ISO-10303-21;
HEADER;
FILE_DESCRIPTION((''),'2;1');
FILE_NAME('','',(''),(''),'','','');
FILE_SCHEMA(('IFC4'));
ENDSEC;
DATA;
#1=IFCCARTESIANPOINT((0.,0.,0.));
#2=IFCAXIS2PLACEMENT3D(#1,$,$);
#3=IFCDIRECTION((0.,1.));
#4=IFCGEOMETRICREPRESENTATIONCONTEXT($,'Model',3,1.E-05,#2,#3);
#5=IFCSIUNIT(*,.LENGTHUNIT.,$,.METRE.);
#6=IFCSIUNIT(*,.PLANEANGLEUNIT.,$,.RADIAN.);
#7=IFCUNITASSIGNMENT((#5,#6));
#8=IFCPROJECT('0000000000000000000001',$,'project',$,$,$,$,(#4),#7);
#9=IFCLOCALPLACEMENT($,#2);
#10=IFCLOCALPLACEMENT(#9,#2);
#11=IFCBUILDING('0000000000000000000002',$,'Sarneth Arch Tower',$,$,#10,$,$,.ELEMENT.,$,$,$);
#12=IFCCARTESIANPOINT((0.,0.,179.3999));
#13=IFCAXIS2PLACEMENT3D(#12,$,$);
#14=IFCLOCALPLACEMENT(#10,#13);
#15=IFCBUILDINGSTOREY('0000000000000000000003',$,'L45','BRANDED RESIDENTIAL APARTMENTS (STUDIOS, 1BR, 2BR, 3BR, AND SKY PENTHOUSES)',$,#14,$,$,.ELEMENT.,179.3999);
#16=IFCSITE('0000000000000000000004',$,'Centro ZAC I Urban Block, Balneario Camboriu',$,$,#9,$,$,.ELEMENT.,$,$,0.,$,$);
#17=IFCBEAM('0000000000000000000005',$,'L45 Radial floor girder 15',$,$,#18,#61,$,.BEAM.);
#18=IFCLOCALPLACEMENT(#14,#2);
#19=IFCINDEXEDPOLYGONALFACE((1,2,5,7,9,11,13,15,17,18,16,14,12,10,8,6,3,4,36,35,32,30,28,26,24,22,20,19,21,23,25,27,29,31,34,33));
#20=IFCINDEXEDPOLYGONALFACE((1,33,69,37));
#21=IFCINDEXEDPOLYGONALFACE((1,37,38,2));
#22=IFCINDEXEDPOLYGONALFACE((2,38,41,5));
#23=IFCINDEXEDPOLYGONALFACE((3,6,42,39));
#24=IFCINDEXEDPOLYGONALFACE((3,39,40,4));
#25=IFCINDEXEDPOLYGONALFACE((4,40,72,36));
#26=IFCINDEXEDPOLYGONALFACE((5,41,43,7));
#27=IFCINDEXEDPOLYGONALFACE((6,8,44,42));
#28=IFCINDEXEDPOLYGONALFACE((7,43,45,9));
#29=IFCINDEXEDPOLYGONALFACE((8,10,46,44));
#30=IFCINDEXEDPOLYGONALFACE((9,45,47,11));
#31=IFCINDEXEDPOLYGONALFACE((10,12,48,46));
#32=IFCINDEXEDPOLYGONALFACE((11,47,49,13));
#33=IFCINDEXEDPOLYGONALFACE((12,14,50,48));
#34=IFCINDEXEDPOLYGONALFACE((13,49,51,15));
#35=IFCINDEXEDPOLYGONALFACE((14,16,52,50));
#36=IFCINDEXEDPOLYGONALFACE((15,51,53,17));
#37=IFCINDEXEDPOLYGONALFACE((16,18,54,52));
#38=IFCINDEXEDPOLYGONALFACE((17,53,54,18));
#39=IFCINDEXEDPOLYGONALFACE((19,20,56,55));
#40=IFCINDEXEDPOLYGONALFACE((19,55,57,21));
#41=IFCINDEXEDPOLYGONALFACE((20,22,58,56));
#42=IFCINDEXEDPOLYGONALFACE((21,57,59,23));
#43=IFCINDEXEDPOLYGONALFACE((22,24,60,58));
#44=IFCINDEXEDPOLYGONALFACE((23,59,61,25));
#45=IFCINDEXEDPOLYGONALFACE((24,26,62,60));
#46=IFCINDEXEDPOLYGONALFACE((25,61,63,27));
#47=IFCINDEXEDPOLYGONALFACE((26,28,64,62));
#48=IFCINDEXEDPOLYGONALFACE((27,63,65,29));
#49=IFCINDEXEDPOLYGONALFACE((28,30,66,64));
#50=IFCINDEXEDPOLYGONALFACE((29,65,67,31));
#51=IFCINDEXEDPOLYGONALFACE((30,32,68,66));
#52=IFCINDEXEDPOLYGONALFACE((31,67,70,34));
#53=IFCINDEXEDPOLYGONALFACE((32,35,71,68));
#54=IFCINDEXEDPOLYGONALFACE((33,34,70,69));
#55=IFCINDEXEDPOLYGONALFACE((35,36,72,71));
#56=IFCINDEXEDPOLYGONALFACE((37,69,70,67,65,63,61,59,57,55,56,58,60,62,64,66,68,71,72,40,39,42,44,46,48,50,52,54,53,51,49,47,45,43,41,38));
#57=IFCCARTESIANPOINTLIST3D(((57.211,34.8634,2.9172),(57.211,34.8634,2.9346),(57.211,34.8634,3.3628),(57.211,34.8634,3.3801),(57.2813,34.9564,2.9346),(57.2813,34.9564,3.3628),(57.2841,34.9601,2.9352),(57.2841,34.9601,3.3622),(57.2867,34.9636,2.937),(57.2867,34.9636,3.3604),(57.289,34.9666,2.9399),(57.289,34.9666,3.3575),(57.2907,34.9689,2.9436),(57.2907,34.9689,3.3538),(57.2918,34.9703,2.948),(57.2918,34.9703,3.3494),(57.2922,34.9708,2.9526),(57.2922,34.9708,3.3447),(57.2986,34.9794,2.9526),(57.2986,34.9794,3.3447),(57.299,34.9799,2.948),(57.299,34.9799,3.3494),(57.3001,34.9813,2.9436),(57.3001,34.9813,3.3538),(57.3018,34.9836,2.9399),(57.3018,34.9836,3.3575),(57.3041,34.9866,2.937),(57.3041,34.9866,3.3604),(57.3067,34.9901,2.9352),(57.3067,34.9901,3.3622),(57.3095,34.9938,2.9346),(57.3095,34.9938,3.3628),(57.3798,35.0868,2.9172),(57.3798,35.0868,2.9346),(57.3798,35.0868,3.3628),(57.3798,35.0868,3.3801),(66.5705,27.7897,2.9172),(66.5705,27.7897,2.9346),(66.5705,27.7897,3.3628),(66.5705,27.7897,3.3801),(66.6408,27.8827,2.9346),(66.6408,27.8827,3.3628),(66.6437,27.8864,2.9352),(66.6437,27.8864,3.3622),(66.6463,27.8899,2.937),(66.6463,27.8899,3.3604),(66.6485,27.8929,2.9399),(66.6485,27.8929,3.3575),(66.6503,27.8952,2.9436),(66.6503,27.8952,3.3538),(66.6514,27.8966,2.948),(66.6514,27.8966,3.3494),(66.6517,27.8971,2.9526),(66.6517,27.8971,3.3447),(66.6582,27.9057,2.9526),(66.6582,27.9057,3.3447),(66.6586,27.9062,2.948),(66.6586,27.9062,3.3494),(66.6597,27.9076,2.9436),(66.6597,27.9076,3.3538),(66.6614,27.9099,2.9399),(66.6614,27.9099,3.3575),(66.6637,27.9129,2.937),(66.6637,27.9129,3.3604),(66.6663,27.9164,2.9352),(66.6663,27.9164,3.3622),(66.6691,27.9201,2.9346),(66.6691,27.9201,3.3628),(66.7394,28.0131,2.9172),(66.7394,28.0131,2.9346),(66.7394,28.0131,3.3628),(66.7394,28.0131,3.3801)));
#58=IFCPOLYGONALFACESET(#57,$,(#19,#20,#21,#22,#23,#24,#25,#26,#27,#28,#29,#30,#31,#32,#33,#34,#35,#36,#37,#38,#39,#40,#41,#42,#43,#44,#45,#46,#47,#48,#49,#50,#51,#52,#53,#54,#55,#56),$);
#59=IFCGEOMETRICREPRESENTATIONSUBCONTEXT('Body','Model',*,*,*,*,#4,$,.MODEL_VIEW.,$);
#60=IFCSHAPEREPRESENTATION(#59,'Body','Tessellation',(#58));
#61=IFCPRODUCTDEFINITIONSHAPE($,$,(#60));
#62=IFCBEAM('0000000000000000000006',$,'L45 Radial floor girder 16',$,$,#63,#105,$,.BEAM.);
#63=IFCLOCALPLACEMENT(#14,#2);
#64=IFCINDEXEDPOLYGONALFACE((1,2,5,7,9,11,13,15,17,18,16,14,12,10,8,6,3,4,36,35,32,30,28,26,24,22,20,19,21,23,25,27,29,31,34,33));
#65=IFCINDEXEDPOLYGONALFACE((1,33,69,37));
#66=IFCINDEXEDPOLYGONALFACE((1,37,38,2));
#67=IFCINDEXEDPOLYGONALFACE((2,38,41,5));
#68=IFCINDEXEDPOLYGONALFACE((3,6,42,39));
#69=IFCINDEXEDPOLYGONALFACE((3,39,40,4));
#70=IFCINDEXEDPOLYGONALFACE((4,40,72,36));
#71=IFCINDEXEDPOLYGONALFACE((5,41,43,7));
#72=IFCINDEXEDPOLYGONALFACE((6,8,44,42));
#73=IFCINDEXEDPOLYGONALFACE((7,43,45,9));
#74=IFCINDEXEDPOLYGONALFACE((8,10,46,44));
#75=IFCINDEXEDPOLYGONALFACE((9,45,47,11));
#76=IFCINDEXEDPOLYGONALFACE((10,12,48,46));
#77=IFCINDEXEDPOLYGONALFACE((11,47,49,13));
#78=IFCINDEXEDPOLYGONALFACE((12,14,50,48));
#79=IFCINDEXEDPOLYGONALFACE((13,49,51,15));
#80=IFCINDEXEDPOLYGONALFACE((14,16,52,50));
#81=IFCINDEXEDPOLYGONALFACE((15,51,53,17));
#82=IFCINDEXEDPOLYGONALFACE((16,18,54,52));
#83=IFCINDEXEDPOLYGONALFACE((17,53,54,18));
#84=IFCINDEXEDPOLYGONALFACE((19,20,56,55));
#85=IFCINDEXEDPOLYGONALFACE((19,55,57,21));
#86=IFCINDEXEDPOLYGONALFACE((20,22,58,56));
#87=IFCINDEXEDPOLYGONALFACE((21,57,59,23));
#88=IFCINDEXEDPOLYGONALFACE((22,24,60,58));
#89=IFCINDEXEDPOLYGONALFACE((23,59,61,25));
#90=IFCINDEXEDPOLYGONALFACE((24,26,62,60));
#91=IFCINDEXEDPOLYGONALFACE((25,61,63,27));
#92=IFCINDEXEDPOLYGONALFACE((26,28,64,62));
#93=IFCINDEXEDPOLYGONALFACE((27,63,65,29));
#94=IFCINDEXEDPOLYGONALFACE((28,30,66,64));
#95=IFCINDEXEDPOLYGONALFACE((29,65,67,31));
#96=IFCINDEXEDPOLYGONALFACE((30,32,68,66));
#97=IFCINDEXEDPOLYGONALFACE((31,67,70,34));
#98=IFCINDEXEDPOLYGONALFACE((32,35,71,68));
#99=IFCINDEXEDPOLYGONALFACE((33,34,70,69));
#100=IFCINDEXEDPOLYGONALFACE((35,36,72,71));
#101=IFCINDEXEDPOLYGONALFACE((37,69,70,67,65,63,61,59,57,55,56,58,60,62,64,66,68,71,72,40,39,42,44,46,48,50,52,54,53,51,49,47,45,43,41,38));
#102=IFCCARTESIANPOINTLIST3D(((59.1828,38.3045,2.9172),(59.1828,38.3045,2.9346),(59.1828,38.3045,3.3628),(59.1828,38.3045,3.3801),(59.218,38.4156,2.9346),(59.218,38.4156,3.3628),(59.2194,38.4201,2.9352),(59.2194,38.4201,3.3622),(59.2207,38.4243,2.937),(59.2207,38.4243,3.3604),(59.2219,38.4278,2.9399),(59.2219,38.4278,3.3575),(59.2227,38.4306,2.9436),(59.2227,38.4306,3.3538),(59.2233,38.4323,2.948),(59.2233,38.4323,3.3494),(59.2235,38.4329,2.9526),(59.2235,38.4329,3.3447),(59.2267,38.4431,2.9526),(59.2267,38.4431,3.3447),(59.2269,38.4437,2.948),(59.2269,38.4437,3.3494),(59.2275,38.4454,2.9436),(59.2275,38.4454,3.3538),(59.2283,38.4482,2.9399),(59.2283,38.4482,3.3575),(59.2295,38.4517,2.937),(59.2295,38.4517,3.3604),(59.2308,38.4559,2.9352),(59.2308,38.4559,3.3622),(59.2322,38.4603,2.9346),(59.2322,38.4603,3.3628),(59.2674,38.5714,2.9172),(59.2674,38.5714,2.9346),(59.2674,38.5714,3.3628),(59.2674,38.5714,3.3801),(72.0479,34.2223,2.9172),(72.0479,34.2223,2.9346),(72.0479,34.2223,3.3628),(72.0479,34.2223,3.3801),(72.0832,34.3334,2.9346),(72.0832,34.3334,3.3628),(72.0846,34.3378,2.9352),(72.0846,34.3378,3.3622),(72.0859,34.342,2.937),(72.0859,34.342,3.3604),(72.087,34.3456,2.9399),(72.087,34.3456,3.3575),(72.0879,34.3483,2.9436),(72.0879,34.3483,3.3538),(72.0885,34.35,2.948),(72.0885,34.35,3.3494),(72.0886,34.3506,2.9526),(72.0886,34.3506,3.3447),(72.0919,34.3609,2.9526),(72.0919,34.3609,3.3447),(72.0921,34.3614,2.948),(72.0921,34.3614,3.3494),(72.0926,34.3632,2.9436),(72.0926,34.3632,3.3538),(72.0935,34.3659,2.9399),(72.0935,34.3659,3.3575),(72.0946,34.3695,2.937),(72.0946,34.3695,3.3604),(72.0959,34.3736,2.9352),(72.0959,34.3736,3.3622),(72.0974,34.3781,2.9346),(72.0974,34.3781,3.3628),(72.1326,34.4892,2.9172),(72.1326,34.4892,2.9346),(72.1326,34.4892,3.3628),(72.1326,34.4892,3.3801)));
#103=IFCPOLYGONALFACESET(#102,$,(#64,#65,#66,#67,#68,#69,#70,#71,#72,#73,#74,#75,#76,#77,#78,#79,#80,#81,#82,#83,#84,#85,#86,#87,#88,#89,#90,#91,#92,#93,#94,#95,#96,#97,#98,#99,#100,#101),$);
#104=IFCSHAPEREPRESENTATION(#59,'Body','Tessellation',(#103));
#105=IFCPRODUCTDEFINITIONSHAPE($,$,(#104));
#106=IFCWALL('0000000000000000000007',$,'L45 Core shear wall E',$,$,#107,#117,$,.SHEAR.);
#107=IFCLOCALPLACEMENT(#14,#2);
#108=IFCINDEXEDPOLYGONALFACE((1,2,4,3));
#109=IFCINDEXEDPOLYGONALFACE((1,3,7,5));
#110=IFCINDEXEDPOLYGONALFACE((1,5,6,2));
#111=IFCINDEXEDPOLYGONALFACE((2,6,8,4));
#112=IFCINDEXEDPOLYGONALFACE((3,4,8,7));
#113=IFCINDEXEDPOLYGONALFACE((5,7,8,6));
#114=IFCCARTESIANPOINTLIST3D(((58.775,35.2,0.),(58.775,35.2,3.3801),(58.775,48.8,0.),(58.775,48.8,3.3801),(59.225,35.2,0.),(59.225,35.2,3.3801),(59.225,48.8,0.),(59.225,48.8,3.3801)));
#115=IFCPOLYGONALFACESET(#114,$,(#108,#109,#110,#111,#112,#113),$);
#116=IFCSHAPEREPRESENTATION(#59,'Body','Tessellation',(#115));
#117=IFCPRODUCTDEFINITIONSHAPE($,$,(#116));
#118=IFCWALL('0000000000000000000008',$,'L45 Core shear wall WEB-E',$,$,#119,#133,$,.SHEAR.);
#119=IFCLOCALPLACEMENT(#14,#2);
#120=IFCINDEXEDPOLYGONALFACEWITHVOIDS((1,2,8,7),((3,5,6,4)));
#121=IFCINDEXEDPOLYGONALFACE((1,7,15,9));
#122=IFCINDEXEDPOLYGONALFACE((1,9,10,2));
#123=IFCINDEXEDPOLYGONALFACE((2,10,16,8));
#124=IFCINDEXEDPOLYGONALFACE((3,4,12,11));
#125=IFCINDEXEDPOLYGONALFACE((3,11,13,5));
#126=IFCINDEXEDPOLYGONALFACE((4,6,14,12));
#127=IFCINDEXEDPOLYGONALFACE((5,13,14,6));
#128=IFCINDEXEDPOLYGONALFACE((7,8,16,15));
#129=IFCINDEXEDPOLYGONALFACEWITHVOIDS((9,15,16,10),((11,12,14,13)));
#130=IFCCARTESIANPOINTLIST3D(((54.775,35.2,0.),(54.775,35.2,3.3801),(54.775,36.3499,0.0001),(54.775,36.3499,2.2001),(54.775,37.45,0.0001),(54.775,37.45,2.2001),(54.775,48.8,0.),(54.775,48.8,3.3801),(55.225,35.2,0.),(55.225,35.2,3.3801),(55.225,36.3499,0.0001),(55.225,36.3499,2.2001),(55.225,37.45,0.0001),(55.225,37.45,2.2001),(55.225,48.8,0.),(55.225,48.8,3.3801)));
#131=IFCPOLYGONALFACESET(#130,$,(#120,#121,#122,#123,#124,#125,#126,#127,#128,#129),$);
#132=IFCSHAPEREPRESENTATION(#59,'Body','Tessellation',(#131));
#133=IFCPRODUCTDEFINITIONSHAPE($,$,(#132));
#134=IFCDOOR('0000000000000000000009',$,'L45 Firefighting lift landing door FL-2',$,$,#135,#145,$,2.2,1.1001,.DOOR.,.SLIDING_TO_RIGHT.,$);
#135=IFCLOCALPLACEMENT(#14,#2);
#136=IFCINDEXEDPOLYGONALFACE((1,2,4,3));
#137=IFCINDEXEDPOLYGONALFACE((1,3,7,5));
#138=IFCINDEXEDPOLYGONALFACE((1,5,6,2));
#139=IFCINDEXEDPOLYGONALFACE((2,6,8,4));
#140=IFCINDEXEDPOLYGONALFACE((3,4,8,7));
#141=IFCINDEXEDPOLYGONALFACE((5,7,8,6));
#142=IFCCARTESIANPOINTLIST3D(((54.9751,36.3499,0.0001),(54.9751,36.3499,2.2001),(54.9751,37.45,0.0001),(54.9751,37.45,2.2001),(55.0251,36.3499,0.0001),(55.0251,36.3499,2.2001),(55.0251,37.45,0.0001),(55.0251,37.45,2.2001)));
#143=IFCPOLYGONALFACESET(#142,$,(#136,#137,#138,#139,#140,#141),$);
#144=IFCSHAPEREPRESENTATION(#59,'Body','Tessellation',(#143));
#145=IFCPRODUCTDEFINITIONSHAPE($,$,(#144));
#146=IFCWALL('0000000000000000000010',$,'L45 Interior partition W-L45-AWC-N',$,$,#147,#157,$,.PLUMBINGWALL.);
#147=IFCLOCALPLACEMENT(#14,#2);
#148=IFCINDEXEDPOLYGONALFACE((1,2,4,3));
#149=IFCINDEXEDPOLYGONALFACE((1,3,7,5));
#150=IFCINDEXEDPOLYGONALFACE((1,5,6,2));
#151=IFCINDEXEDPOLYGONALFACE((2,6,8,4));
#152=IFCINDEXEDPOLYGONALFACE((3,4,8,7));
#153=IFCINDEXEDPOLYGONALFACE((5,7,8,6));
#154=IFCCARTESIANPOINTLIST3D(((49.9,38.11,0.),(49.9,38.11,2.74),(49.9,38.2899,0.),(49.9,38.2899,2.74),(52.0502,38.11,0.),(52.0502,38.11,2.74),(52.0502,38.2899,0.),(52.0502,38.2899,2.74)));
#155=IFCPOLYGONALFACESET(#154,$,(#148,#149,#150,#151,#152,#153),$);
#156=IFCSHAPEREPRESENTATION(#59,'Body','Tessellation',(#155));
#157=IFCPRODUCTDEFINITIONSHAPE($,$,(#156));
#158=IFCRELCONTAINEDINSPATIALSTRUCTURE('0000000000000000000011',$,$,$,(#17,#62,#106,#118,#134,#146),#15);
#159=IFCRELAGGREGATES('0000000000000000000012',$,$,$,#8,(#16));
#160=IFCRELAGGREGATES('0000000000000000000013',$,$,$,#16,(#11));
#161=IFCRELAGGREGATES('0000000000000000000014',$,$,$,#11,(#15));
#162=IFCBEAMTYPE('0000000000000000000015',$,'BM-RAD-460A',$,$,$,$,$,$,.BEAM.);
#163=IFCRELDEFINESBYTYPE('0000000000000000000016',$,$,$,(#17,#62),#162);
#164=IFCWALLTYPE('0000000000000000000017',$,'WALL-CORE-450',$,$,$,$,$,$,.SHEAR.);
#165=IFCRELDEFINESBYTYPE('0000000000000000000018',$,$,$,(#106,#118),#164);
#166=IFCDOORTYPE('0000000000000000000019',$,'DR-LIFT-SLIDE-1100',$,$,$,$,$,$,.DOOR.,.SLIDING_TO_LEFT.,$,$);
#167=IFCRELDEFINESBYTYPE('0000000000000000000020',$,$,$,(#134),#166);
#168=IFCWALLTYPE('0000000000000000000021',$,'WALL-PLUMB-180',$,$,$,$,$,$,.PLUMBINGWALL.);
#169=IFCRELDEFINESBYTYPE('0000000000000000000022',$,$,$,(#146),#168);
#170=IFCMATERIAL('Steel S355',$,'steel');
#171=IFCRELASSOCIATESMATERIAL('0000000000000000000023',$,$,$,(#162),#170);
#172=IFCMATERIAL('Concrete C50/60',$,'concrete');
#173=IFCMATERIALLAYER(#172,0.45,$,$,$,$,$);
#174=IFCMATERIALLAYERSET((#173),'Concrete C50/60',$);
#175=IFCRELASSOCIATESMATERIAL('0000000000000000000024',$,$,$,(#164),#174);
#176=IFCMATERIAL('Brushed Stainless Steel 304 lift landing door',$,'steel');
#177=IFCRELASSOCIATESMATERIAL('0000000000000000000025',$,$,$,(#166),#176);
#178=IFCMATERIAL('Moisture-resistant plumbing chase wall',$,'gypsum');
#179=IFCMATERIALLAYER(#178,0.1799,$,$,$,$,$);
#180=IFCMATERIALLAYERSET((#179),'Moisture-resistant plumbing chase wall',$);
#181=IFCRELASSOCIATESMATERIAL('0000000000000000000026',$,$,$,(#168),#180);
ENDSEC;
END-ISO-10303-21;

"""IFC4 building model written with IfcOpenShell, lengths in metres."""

from ifc_helpers import new_model, si_unit, direction, frame, frame_2d, origin, origin_2d, place, context, subcontext, project, spatial, rectangle, i_section, extrude, material, layer, layer_set, material_profile, profile_set, type_object, element, fill, save


model = new_model("IFC4")

# Units and contexts
model_context = context("Model", 3, precision=1e-05, world=origin(), true_north=direction((0.0, 1.0)))
body_context = subcontext(model_context, "Body", "Model", "MODEL_VIEW")
ifc_project = project(units=[si_unit("LENGTHUNIT", "METRE"), si_unit("PLANEANGLEUNIT", "RADIAN")], contexts=[model_context])

# Site, building, storey
site_placement = place(None, origin())
site = spatial("IfcSite", under=ifc_project, at=site_placement, Name="Centro ZAC I Urban Block, Balneario Camboriu", CompositionType="ELEMENT", RefElevation=0.0)
building_placement = place(site_placement, origin())
building = spatial("IfcBuilding", under=site, at=building_placement, Name="Sarneth Arch Tower", CompositionType="ELEMENT")
storey_placement = place(building_placement, frame((0.0, 0.0, 179.3999)))
storey = spatial("IfcBuildingStorey", under=building, at=storey_placement, Name="L45", Description="BRANDED RESIDENTIAL APARTMENTS (STUDIOS, 1BR, 2BR, 3BR, AND SKY PENTHOUSES)", CompositionType="ELEMENT", Elevation=179.3999)

# Beams
ifc_material_1 = material(Name="Steel S355", Category="steel")
ifc_material_profile_1 = material_profile(ifc_material_1, i_section(OverallWidth=0.28, OverallDepth=0.4629, WebThickness=0.0107, FlangeThickness=0.0173, FilletRadius=0.0181, at=origin_2d()), Name="W460x113")
ifc_profile_set_1 = profile_set([ifc_material_profile_1], Name="Steel S355")
beam_type_1 = type_object("IfcBeamType", Name="BM-RAD-460A", PredefinedType="BEAM", material=ifc_profile_set_1)
beam_1_placement = place(storey_placement, frame((57.2954, 34.9751, 3.1487), z_axis=(0.797785, -0.602943, 0.0), x_axis=(0.602943, 0.797785, 0.0)))
element("IfcBeam", 1, at=beam_1_placement, inside=storey, type_object=beam_type_1, Name="L45 Radial floor girder 15", PredefinedType="BEAM", context=body_context, shape_type="SweptSolid", body=[
    extrude(i_section(OverallWidth=0.28, OverallDepth=0.4629, WebThickness=0.0107, FlangeThickness=0.0173, FilletRadius=0.0181, at=origin_2d()), origin(), (0.0, 0.0, 1.0), 11.7319),
])
beam_2_placement = place(storey_placement, frame((59.2251, 38.438, 3.1487), z_axis=(0.953165, -0.302449, 0.0), x_axis=(0.302449, 0.953165, 0.0)))
element("IfcBeam", 2, at=beam_2_placement, inside=storey, type_object=beam_type_1, Name="L45 Radial floor girder 16", PredefinedType="BEAM", context=body_context, shape_type="SweptSolid", body=[
    extrude(i_section(OverallWidth=0.28, OverallDepth=0.4629, WebThickness=0.0107, FlangeThickness=0.0173, FilletRadius=0.0181, at=origin_2d()), origin(), (0.0, 0.0, 1.0), 13.4973),
])

# Shared definitions
ifc_material_2 = material(Name="Concrete C50/60", Category="concrete")
ifc_layer_1 = layer(ifc_material_2, 0.45)
ifc_layer_set_1 = layer_set([ifc_layer_1], Name="Concrete C50/60")
wall_type_1 = type_object("IfcWallType", Name="WALL-CORE-450", PredefinedType="SHEAR", material=ifc_layer_set_1)

# Wall
wall_1_placement = place(storey_placement, frame((59.0, 35.2, 0.0), z_axis=(0.0, 0.0, 1.0), x_axis=(0.0, 1.0, 0.0)))
element("IfcWall", 3, at=wall_1_placement, inside=storey, type_object=wall_type_1, Name="L45 Core shear wall E", PredefinedType="SHEAR", context=body_context, shape_type="SweptSolid", body=[
    extrude(rectangle(XDim=13.6001, YDim=0.45, at=frame_2d((6.8, 0.0))), origin(), (0.0, 0.0, 1.0), 3.3801),
])

# Wall, opening, door
wall_2_placement = place(storey_placement, frame((55.0, 35.2, 0.0), z_axis=(0.0, 0.0, 1.0), x_axis=(0.0, 1.0, 0.0)))
wall_2 = element("IfcWall", 4, at=wall_2_placement, inside=storey, type_object=wall_type_1, Name="L45 Core shear wall WEB-E", PredefinedType="SHEAR", context=body_context, shape_type="SweptSolid", body=[
    extrude(rectangle(XDim=13.6001, YDim=0.45, at=frame_2d((6.8, 0.0))), origin(), (0.0, 0.0, 1.0), 3.3801),
])
opening_1_placement = place(wall_2_placement, frame((1.1499, 0.0, 0.0)))
opening_1 = element("IfcOpeningElement", 5, at=opening_1_placement, cuts=wall_2, PredefinedType="OPENING", context=body_context, shape_type="SweptSolid", body=[
    extrude(rectangle(XDim=1.1001, YDim=2.2, at=frame_2d((0.55, 1.1001))), frame((0.0, 0.2349, 0.0), z_axis=(0.0, -1.0, 0.0), x_axis=(1.0, 0.0, 0.0)), (0.0, 0.0, 1.0), 0.47),
])
ifc_material_3 = material(Name="Brushed Stainless Steel 304 lift landing door", Category="steel")
door_type_1 = type_object("IfcDoorType", Name="DR-LIFT-SLIDE-1100", OperationType="SLIDING_TO_LEFT", PredefinedType="DOOR", material=ifc_material_3)
door_1_placement = place(opening_1_placement, origin())
door_1 = element("IfcDoor", 6, at=door_1_placement, inside=storey, type_object=door_type_1, Name="L45 Firefighting lift landing door FL-2", OperationType="SLIDING_TO_RIGHT", OverallHeight=2.2, OverallWidth=1.1001, PredefinedType="DOOR", context=body_context, shape_type="SweptSolid", body=[
    extrude(rectangle(XDim=1.1001, YDim=2.2, at=frame_2d((0.55, 1.1001))), frame((0.0, 0.0249, 0.0), z_axis=(0.0, -1.0, 0.0), x_axis=(1.0, 0.0, 0.0)), (0.0, 0.0, 1.0), 0.05),
])
fill(opening_1, door_1)

# Wall
ifc_material_4 = material(Name="Moisture-resistant plumbing chase wall", Category="gypsum")
ifc_layer_2 = layer(ifc_material_4, 0.1799)
ifc_layer_set_2 = layer_set([ifc_layer_2], Name="Moisture-resistant plumbing chase wall")
wall_type_2 = type_object("IfcWallType", Name="WALL-PLUMB-180", PredefinedType="PLUMBINGWALL", material=ifc_layer_set_2)
wall_3_placement = place(storey_placement, frame((49.8999, 38.2, 0.0), z_axis=(0.0, 0.0, 1.0), x_axis=(1.0, 0.0, 0.0)))
element("IfcWall", 7, at=wall_3_placement, inside=storey, type_object=wall_type_2, Name="L45 Interior partition W-L45-AWC-N", PredefinedType="PLUMBINGWALL", context=body_context, shape_type="SweptSolid", body=[
    extrude(rectangle(XDim=2.1501, YDim=0.1799, at=frame_2d((1.0752, 0.0))), origin(), (0.0, 0.0, 1.0), 2.74),
])

save(model, "model.ifc")
